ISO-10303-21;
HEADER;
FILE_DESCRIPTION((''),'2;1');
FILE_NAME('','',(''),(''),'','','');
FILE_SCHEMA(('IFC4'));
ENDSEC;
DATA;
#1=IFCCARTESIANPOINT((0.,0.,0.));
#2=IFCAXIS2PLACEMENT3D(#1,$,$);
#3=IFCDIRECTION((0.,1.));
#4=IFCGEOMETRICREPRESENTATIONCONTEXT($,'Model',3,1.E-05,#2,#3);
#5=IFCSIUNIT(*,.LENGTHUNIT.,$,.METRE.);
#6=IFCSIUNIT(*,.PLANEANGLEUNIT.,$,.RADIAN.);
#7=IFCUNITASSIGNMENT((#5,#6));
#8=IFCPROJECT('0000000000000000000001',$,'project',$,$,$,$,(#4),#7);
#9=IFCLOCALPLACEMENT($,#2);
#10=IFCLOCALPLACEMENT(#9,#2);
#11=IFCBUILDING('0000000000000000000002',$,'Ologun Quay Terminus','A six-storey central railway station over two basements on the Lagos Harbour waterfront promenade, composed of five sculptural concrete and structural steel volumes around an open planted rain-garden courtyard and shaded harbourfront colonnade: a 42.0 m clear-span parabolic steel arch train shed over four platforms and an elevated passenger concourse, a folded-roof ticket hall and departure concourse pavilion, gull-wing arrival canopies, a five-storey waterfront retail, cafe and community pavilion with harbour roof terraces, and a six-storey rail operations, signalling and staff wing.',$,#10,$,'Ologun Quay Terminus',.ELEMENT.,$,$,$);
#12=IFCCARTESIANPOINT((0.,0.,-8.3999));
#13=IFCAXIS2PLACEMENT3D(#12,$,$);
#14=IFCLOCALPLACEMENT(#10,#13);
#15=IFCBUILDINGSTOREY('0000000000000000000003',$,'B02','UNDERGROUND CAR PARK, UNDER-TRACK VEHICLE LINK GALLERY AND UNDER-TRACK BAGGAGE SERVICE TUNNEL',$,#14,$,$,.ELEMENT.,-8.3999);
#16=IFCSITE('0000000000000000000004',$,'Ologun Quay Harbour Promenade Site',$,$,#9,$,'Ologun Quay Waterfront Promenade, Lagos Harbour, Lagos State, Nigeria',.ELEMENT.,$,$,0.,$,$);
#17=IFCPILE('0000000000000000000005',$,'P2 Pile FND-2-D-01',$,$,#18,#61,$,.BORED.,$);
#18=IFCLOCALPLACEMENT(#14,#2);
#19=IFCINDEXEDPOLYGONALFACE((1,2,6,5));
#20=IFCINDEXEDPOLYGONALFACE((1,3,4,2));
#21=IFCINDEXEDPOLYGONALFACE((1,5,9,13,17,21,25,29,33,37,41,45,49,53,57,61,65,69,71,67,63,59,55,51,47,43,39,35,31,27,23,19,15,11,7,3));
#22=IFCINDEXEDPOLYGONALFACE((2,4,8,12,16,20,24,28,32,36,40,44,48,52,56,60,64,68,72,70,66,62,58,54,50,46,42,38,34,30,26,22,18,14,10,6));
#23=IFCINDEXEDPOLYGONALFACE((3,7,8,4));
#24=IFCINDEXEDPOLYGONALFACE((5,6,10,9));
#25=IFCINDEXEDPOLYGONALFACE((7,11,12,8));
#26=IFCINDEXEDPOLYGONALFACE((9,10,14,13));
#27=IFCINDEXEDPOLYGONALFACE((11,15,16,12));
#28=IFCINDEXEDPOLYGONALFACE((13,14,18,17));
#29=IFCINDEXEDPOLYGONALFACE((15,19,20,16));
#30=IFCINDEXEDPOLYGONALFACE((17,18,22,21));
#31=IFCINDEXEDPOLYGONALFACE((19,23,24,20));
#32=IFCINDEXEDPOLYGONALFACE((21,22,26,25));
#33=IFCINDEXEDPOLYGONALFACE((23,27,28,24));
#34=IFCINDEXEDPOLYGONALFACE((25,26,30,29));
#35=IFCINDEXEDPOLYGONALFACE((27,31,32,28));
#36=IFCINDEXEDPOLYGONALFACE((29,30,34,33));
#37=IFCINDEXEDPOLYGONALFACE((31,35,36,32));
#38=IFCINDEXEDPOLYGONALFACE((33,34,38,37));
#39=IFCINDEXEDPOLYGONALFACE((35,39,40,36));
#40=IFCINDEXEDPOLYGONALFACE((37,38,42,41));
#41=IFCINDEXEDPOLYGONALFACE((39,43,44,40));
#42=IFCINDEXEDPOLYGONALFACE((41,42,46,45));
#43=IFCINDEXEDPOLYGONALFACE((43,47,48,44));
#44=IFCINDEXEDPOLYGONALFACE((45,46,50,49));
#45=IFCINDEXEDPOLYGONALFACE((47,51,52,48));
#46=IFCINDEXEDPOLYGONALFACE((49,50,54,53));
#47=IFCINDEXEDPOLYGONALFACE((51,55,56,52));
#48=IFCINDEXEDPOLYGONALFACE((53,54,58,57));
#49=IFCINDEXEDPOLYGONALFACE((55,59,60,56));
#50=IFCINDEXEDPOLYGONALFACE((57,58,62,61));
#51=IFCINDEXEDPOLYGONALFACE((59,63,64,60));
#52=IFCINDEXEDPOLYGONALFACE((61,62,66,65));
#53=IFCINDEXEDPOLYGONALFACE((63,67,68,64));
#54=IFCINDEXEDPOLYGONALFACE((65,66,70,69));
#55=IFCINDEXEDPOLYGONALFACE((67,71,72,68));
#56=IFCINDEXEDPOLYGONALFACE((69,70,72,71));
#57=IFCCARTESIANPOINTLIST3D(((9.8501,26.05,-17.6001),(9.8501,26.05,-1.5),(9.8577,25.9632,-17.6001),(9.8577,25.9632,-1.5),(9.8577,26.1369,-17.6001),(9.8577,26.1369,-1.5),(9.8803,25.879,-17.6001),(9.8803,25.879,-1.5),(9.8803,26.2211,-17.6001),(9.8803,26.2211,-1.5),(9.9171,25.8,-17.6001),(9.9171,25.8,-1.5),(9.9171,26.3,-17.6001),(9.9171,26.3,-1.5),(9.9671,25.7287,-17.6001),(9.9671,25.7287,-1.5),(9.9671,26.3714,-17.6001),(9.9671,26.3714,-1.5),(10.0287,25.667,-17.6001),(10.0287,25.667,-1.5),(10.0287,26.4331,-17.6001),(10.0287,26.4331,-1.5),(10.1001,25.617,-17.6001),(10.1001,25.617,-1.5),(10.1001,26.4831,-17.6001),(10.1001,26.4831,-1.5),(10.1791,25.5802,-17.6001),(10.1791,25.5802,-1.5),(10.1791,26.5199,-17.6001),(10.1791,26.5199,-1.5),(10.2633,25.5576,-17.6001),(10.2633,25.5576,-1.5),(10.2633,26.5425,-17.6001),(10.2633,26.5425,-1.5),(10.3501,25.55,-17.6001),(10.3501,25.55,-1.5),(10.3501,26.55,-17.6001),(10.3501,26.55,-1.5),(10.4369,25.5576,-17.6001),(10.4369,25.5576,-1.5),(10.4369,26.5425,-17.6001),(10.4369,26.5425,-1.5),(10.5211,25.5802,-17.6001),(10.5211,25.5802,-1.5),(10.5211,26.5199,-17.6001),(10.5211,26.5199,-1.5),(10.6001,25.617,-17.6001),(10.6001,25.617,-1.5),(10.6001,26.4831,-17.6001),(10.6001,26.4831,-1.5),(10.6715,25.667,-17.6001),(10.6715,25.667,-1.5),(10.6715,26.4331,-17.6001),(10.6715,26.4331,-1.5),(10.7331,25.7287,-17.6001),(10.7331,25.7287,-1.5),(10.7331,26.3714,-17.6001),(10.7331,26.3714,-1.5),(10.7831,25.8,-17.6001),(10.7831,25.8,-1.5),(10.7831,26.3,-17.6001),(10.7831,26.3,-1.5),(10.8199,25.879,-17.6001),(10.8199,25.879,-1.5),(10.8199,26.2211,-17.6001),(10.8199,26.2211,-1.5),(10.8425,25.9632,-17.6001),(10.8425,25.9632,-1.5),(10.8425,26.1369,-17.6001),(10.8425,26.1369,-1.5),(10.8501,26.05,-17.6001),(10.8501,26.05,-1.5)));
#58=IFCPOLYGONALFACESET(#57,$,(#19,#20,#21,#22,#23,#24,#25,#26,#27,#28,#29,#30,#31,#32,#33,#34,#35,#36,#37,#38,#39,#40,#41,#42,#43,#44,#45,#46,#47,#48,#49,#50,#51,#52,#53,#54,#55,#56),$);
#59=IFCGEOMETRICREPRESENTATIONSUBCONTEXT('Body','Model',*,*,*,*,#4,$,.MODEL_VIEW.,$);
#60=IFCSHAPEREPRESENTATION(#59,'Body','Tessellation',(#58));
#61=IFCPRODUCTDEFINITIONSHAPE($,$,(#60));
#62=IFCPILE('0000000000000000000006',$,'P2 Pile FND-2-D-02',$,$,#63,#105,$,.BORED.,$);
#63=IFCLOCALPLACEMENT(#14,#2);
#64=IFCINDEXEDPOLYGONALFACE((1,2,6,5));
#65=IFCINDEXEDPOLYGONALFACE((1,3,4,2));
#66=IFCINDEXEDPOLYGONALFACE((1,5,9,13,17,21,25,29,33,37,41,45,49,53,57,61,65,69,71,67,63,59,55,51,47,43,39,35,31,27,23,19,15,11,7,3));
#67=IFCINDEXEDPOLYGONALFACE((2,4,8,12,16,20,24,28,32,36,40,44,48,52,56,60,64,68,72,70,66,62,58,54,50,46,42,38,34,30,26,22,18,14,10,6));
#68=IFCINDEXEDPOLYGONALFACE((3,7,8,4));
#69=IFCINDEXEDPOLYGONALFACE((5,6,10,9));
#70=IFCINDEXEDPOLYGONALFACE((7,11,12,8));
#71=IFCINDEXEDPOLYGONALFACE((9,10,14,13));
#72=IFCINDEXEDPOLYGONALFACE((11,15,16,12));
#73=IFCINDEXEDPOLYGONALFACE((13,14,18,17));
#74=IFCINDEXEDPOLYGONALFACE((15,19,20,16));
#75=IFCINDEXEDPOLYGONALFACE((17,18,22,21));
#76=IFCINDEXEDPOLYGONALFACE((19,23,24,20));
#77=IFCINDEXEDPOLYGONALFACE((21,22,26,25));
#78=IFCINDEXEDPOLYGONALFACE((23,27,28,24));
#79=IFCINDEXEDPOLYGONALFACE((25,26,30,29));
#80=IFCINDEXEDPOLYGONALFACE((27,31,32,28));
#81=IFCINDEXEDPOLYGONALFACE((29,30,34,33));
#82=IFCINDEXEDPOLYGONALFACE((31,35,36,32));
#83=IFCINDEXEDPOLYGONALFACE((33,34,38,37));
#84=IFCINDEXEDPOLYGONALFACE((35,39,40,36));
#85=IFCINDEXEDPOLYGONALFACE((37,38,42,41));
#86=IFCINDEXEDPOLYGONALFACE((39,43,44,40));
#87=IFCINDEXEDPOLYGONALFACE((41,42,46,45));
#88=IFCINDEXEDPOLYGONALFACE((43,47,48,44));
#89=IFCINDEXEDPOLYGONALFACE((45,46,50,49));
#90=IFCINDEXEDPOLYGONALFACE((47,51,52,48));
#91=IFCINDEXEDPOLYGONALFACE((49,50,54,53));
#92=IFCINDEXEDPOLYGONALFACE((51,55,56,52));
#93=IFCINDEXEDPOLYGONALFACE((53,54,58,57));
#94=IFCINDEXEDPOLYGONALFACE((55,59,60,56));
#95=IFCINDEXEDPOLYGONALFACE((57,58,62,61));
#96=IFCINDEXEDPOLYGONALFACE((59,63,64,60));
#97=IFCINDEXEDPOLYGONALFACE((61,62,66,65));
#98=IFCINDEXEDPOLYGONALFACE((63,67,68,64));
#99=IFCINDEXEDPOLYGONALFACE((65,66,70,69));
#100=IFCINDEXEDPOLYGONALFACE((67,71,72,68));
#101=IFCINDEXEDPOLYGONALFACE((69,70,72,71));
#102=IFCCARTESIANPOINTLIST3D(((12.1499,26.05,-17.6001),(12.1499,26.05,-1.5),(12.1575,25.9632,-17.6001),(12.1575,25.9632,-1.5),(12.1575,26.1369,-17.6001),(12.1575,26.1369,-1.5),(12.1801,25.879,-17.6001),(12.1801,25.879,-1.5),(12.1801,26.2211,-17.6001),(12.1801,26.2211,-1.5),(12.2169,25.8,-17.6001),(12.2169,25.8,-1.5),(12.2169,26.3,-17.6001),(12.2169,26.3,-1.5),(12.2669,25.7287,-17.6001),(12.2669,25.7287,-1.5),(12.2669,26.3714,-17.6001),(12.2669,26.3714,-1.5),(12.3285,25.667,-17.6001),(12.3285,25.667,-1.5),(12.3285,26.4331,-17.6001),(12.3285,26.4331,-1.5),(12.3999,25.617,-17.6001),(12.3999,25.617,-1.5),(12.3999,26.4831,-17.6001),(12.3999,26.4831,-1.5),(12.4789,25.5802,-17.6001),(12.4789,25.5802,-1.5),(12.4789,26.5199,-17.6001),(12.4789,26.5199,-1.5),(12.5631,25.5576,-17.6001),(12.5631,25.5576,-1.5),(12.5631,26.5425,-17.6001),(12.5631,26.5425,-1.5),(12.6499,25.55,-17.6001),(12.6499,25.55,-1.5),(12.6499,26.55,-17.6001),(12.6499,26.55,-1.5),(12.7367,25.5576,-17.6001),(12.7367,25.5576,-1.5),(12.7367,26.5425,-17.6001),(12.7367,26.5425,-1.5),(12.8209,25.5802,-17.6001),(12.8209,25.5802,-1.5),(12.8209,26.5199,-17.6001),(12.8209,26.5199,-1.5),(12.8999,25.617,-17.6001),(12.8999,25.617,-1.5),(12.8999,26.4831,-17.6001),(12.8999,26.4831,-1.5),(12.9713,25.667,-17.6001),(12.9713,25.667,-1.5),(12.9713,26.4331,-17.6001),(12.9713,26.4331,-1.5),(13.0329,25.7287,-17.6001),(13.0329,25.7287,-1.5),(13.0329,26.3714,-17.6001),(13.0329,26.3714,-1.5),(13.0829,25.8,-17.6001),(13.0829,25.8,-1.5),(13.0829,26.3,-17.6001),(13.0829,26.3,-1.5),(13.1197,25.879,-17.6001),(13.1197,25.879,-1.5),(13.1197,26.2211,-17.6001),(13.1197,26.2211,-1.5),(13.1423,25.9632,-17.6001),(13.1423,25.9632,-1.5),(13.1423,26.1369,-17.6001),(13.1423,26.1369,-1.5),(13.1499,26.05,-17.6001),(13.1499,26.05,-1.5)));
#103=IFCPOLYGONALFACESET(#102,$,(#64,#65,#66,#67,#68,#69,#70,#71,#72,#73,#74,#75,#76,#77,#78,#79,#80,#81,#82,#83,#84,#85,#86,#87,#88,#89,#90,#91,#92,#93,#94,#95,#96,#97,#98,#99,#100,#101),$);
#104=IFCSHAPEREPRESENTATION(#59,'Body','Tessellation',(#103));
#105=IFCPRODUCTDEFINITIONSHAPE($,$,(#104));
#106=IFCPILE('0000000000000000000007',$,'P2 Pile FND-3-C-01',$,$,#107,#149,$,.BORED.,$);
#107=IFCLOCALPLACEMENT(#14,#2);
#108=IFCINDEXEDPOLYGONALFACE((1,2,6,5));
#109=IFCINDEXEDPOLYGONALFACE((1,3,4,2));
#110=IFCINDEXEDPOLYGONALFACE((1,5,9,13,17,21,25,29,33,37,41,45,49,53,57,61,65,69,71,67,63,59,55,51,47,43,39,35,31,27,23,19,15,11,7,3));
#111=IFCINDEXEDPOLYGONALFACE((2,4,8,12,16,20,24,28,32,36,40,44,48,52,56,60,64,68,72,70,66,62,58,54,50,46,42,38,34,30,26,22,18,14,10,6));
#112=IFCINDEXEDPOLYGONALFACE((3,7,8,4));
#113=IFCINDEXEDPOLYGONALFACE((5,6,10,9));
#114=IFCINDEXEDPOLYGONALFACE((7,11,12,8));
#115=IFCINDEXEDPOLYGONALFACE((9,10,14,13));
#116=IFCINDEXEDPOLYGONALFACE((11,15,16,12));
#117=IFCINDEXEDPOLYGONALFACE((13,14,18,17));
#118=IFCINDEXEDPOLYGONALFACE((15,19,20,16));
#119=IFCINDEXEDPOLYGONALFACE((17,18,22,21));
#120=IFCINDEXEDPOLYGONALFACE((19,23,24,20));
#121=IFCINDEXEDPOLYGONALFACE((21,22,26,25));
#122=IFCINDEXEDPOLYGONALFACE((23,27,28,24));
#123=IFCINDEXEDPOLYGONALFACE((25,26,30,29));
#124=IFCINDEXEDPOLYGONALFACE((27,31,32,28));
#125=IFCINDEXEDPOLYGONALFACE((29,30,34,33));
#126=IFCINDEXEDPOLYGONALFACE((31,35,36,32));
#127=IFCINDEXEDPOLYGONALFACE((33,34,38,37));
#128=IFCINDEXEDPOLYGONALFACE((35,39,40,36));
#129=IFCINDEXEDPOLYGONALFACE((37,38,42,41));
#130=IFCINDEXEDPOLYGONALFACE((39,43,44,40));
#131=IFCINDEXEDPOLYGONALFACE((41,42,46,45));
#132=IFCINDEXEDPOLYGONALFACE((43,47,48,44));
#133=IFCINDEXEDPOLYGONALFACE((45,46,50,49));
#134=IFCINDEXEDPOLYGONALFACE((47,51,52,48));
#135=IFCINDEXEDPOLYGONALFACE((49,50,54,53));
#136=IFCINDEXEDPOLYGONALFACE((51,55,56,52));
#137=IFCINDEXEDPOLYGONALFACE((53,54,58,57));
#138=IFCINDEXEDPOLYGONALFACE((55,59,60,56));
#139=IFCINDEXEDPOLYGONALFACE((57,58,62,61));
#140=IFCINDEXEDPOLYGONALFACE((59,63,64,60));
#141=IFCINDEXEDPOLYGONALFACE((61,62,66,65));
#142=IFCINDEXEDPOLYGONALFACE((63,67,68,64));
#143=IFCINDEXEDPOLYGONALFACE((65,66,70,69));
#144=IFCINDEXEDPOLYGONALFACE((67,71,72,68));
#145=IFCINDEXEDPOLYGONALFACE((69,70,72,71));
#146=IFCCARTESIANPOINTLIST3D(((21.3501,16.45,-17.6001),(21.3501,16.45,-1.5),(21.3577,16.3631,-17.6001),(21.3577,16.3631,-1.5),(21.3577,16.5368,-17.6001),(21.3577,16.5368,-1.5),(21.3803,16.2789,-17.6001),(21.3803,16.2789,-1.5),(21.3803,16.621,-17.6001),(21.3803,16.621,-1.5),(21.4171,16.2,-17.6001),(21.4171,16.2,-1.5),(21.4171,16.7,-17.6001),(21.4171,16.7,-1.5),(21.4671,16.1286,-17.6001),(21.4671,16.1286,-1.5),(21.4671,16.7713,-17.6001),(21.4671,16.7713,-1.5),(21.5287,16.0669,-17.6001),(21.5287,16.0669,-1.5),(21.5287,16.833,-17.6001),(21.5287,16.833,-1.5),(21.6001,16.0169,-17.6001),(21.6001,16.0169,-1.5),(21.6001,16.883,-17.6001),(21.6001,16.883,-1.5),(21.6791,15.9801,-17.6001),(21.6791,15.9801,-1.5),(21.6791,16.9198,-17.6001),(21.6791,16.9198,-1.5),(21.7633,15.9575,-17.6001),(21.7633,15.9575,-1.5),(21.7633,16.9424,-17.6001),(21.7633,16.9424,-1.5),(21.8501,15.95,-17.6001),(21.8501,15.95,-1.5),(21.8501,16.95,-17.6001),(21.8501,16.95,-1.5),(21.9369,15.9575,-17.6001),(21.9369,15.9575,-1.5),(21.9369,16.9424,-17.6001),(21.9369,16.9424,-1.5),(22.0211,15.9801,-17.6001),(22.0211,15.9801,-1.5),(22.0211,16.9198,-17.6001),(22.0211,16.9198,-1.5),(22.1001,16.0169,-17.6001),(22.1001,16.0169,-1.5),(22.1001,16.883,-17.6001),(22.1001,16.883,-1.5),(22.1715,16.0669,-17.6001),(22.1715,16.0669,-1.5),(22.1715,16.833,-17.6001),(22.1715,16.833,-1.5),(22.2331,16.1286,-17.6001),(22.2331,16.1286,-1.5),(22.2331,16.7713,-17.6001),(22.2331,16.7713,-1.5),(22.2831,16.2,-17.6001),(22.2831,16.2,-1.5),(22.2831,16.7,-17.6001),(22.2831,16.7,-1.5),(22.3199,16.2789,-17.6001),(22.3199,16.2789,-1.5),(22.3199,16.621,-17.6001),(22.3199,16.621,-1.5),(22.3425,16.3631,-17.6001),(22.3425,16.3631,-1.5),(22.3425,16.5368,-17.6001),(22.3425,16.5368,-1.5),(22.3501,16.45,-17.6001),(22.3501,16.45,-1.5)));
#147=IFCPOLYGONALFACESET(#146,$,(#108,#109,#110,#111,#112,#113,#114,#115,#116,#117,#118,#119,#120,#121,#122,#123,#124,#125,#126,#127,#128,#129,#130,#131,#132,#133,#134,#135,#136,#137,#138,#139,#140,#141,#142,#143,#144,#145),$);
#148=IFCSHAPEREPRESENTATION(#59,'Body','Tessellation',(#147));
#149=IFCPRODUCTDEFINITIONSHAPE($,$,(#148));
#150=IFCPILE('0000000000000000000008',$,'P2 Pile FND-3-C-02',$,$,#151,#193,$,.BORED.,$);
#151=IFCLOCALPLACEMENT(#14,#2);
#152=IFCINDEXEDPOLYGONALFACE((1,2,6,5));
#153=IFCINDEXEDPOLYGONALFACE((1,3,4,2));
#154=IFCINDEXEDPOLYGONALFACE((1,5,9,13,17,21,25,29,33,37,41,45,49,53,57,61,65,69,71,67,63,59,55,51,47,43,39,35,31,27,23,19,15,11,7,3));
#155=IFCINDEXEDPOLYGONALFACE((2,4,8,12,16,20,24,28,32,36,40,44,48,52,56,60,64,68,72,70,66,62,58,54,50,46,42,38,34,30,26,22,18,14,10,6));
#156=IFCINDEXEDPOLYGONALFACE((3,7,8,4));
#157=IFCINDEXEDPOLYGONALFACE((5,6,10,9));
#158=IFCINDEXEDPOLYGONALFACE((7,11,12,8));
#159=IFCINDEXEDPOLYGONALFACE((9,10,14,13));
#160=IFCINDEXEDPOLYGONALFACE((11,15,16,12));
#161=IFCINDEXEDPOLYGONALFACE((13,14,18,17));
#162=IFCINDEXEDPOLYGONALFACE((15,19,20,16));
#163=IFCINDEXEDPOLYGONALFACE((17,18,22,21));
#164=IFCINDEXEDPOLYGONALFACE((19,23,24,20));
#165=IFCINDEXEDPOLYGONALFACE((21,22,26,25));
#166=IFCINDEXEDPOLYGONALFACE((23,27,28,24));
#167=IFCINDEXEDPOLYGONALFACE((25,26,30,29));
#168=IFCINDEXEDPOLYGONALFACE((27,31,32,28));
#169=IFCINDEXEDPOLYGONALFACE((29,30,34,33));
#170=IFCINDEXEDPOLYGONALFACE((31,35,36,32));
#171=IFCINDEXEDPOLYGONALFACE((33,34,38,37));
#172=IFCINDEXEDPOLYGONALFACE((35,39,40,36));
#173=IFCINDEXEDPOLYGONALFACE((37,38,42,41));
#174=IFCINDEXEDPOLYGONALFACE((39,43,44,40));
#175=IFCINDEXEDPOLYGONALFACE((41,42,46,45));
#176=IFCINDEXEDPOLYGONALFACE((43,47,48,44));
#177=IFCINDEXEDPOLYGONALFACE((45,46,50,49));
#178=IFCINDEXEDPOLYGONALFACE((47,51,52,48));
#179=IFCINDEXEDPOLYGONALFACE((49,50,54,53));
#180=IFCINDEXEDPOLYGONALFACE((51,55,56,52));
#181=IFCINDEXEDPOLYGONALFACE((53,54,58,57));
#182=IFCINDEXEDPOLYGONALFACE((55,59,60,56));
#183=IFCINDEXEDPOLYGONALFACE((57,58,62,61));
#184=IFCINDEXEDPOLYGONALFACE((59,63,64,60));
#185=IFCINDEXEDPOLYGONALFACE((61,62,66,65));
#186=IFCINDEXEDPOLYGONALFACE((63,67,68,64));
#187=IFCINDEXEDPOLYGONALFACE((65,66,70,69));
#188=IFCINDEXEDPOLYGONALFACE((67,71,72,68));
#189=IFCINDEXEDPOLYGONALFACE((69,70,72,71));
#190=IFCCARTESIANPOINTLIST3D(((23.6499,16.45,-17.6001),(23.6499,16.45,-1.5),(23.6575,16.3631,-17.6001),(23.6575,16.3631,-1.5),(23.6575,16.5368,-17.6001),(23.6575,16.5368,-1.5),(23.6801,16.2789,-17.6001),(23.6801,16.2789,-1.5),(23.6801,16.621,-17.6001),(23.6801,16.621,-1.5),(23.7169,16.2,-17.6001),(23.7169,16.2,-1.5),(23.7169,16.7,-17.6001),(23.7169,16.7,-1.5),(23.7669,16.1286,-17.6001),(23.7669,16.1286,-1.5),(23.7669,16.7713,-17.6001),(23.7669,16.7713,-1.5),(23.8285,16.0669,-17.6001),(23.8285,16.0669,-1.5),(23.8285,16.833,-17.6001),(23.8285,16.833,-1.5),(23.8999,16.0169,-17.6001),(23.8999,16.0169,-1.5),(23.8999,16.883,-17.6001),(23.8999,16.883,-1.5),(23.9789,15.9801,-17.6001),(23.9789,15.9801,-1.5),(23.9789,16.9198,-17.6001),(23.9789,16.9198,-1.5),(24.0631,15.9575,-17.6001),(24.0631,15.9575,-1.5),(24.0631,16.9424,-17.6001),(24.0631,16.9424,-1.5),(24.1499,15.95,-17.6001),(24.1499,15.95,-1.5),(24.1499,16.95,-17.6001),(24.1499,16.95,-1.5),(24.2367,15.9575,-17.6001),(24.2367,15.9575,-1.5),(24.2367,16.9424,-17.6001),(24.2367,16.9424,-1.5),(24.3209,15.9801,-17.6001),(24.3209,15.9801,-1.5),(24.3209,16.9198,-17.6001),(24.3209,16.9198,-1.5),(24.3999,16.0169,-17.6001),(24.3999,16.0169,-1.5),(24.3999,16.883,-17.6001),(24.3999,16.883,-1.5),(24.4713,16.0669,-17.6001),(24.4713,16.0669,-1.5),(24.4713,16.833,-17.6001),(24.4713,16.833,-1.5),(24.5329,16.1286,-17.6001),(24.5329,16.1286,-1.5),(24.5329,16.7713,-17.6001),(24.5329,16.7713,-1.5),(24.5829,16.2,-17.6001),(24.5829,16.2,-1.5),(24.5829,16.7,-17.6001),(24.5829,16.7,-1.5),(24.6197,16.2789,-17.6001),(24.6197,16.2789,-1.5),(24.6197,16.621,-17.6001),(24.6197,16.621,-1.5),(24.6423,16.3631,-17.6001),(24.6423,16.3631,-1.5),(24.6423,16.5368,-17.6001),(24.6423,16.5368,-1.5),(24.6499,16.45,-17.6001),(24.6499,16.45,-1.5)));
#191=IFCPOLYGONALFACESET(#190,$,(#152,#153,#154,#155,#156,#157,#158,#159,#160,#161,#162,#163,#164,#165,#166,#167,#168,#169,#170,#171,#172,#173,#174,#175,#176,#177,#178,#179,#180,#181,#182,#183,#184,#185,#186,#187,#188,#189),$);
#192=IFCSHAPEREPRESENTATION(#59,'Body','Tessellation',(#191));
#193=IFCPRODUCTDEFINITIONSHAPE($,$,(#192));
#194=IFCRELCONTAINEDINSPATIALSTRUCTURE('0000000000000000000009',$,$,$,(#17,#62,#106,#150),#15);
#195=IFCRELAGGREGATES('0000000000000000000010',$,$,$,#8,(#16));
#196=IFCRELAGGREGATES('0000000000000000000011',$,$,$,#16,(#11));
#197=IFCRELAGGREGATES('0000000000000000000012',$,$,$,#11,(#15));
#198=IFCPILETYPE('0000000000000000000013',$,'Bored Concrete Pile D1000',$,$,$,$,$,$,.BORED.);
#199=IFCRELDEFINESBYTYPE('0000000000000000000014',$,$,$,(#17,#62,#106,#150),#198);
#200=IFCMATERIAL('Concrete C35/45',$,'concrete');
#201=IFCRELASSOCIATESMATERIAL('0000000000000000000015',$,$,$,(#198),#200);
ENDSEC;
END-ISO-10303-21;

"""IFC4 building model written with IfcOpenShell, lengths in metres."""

from ifc_helpers import new_model, si_unit, direction, frame, origin, origin_2d, place, context, subcontext, project, spatial, circle, extrude, material, material_profile, profile_set, type_object, element, save


model = new_model("IFC4")

# Units and contexts
model_context = context("Model", 3, precision=1e-05, world=origin(), true_north=direction((0.0, 1.0)))
body_context = subcontext(model_context, "Body", "Model", "MODEL_VIEW")
ifc_project = project(units=[si_unit("LENGTHUNIT", "METRE"), si_unit("PLANEANGLEUNIT", "RADIAN")], contexts=[model_context])

# Site, building, storey
site_placement = place(None, origin())
site = spatial("IfcSite", under=ifc_project, at=site_placement, Name="Ologun Quay Harbour Promenade Site", LongName="Ologun Quay Waterfront Promenade, Lagos Harbour, Lagos State, Nigeria", CompositionType="ELEMENT", RefElevation=0.0)
building_placement = place(site_placement, origin())
building = spatial("IfcBuilding", under=site, at=building_placement, Name="Ologun Quay Terminus", Description="A six-storey central railway station over two basements on the Lagos Harbour waterfront promenade, composed of five sculptural concrete and structural steel volumes around an open planted rain-garden courtyard and shaded harbourfront colonnade: a 42.0 m clear-span parabolic steel arch train shed over four platforms and an elevated passenger concourse, a folded-roof ticket hall and departure concourse pavilion, gull-wing arrival canopies, a five-storey waterfront retail, cafe and community pavilion with harbour roof terraces, and a six-storey rail operations, signalling and staff wing.", LongName="Ologun Quay Terminus", CompositionType="ELEMENT")
storey_placement = place(building_placement, frame((0.0, 0.0, -8.3999)))
storey = spatial("IfcBuildingStorey", under=building, at=storey_placement, Name="B02", Description="UNDERGROUND CAR PARK, UNDER-TRACK VEHICLE LINK GALLERY AND UNDER-TRACK BAGGAGE SERVICE TUNNEL", CompositionType="ELEMENT", Elevation=-8.3999)

# Piles
ifc_material_1 = material(Name="Concrete C35/45", Category="concrete")
ifc_material_profile_1 = material_profile(ifc_material_1, circle(Radius=0.5, at=origin_2d()), Name="PILE D1000")
ifc_profile_set_1 = profile_set([ifc_material_profile_1], Name="Concrete C35/45")
pile_type = type_object("IfcPileType", Name="Bored Concrete Pile D1000", PredefinedType="BORED", material=ifc_profile_set_1)
for number, where, z_axis, x_axis, name in (
    (1, (10.3501, 26.05, -1.5), (0.0, 0.0, -1.0), (1.0, 0.0, 0.0), "P2 Pile FND-2-D-01"),
    (2, (12.6499, 26.05, -1.5), (0.0, 0.0, -1.0), (1.0, 0.0, 0.0), "P2 Pile FND-2-D-02"),
    (3, (21.8501, 16.45, -1.5), (0.0, 0.0, -1.0), (1.0, 0.0, 0.0), "P2 Pile FND-3-C-01"),
    (4, (24.1499, 16.45, -1.5), (0.0, 0.0, -1.0), (1.0, 0.0, 0.0), "P2 Pile FND-3-C-02"),
):
    element("IfcPile", number, at=place(storey_placement, frame(where, z_axis=z_axis, x_axis=x_axis)), inside=storey, type_object=pile_type, Name=name, PredefinedType="BORED", context=body_context, shape_type="SweptSolid", body=[
        extrude(circle(Radius=0.5, at=origin_2d()), origin(), (0.0, 0.0, 1.0), 16.1001),
    ])

save(model, "model.ifc")
